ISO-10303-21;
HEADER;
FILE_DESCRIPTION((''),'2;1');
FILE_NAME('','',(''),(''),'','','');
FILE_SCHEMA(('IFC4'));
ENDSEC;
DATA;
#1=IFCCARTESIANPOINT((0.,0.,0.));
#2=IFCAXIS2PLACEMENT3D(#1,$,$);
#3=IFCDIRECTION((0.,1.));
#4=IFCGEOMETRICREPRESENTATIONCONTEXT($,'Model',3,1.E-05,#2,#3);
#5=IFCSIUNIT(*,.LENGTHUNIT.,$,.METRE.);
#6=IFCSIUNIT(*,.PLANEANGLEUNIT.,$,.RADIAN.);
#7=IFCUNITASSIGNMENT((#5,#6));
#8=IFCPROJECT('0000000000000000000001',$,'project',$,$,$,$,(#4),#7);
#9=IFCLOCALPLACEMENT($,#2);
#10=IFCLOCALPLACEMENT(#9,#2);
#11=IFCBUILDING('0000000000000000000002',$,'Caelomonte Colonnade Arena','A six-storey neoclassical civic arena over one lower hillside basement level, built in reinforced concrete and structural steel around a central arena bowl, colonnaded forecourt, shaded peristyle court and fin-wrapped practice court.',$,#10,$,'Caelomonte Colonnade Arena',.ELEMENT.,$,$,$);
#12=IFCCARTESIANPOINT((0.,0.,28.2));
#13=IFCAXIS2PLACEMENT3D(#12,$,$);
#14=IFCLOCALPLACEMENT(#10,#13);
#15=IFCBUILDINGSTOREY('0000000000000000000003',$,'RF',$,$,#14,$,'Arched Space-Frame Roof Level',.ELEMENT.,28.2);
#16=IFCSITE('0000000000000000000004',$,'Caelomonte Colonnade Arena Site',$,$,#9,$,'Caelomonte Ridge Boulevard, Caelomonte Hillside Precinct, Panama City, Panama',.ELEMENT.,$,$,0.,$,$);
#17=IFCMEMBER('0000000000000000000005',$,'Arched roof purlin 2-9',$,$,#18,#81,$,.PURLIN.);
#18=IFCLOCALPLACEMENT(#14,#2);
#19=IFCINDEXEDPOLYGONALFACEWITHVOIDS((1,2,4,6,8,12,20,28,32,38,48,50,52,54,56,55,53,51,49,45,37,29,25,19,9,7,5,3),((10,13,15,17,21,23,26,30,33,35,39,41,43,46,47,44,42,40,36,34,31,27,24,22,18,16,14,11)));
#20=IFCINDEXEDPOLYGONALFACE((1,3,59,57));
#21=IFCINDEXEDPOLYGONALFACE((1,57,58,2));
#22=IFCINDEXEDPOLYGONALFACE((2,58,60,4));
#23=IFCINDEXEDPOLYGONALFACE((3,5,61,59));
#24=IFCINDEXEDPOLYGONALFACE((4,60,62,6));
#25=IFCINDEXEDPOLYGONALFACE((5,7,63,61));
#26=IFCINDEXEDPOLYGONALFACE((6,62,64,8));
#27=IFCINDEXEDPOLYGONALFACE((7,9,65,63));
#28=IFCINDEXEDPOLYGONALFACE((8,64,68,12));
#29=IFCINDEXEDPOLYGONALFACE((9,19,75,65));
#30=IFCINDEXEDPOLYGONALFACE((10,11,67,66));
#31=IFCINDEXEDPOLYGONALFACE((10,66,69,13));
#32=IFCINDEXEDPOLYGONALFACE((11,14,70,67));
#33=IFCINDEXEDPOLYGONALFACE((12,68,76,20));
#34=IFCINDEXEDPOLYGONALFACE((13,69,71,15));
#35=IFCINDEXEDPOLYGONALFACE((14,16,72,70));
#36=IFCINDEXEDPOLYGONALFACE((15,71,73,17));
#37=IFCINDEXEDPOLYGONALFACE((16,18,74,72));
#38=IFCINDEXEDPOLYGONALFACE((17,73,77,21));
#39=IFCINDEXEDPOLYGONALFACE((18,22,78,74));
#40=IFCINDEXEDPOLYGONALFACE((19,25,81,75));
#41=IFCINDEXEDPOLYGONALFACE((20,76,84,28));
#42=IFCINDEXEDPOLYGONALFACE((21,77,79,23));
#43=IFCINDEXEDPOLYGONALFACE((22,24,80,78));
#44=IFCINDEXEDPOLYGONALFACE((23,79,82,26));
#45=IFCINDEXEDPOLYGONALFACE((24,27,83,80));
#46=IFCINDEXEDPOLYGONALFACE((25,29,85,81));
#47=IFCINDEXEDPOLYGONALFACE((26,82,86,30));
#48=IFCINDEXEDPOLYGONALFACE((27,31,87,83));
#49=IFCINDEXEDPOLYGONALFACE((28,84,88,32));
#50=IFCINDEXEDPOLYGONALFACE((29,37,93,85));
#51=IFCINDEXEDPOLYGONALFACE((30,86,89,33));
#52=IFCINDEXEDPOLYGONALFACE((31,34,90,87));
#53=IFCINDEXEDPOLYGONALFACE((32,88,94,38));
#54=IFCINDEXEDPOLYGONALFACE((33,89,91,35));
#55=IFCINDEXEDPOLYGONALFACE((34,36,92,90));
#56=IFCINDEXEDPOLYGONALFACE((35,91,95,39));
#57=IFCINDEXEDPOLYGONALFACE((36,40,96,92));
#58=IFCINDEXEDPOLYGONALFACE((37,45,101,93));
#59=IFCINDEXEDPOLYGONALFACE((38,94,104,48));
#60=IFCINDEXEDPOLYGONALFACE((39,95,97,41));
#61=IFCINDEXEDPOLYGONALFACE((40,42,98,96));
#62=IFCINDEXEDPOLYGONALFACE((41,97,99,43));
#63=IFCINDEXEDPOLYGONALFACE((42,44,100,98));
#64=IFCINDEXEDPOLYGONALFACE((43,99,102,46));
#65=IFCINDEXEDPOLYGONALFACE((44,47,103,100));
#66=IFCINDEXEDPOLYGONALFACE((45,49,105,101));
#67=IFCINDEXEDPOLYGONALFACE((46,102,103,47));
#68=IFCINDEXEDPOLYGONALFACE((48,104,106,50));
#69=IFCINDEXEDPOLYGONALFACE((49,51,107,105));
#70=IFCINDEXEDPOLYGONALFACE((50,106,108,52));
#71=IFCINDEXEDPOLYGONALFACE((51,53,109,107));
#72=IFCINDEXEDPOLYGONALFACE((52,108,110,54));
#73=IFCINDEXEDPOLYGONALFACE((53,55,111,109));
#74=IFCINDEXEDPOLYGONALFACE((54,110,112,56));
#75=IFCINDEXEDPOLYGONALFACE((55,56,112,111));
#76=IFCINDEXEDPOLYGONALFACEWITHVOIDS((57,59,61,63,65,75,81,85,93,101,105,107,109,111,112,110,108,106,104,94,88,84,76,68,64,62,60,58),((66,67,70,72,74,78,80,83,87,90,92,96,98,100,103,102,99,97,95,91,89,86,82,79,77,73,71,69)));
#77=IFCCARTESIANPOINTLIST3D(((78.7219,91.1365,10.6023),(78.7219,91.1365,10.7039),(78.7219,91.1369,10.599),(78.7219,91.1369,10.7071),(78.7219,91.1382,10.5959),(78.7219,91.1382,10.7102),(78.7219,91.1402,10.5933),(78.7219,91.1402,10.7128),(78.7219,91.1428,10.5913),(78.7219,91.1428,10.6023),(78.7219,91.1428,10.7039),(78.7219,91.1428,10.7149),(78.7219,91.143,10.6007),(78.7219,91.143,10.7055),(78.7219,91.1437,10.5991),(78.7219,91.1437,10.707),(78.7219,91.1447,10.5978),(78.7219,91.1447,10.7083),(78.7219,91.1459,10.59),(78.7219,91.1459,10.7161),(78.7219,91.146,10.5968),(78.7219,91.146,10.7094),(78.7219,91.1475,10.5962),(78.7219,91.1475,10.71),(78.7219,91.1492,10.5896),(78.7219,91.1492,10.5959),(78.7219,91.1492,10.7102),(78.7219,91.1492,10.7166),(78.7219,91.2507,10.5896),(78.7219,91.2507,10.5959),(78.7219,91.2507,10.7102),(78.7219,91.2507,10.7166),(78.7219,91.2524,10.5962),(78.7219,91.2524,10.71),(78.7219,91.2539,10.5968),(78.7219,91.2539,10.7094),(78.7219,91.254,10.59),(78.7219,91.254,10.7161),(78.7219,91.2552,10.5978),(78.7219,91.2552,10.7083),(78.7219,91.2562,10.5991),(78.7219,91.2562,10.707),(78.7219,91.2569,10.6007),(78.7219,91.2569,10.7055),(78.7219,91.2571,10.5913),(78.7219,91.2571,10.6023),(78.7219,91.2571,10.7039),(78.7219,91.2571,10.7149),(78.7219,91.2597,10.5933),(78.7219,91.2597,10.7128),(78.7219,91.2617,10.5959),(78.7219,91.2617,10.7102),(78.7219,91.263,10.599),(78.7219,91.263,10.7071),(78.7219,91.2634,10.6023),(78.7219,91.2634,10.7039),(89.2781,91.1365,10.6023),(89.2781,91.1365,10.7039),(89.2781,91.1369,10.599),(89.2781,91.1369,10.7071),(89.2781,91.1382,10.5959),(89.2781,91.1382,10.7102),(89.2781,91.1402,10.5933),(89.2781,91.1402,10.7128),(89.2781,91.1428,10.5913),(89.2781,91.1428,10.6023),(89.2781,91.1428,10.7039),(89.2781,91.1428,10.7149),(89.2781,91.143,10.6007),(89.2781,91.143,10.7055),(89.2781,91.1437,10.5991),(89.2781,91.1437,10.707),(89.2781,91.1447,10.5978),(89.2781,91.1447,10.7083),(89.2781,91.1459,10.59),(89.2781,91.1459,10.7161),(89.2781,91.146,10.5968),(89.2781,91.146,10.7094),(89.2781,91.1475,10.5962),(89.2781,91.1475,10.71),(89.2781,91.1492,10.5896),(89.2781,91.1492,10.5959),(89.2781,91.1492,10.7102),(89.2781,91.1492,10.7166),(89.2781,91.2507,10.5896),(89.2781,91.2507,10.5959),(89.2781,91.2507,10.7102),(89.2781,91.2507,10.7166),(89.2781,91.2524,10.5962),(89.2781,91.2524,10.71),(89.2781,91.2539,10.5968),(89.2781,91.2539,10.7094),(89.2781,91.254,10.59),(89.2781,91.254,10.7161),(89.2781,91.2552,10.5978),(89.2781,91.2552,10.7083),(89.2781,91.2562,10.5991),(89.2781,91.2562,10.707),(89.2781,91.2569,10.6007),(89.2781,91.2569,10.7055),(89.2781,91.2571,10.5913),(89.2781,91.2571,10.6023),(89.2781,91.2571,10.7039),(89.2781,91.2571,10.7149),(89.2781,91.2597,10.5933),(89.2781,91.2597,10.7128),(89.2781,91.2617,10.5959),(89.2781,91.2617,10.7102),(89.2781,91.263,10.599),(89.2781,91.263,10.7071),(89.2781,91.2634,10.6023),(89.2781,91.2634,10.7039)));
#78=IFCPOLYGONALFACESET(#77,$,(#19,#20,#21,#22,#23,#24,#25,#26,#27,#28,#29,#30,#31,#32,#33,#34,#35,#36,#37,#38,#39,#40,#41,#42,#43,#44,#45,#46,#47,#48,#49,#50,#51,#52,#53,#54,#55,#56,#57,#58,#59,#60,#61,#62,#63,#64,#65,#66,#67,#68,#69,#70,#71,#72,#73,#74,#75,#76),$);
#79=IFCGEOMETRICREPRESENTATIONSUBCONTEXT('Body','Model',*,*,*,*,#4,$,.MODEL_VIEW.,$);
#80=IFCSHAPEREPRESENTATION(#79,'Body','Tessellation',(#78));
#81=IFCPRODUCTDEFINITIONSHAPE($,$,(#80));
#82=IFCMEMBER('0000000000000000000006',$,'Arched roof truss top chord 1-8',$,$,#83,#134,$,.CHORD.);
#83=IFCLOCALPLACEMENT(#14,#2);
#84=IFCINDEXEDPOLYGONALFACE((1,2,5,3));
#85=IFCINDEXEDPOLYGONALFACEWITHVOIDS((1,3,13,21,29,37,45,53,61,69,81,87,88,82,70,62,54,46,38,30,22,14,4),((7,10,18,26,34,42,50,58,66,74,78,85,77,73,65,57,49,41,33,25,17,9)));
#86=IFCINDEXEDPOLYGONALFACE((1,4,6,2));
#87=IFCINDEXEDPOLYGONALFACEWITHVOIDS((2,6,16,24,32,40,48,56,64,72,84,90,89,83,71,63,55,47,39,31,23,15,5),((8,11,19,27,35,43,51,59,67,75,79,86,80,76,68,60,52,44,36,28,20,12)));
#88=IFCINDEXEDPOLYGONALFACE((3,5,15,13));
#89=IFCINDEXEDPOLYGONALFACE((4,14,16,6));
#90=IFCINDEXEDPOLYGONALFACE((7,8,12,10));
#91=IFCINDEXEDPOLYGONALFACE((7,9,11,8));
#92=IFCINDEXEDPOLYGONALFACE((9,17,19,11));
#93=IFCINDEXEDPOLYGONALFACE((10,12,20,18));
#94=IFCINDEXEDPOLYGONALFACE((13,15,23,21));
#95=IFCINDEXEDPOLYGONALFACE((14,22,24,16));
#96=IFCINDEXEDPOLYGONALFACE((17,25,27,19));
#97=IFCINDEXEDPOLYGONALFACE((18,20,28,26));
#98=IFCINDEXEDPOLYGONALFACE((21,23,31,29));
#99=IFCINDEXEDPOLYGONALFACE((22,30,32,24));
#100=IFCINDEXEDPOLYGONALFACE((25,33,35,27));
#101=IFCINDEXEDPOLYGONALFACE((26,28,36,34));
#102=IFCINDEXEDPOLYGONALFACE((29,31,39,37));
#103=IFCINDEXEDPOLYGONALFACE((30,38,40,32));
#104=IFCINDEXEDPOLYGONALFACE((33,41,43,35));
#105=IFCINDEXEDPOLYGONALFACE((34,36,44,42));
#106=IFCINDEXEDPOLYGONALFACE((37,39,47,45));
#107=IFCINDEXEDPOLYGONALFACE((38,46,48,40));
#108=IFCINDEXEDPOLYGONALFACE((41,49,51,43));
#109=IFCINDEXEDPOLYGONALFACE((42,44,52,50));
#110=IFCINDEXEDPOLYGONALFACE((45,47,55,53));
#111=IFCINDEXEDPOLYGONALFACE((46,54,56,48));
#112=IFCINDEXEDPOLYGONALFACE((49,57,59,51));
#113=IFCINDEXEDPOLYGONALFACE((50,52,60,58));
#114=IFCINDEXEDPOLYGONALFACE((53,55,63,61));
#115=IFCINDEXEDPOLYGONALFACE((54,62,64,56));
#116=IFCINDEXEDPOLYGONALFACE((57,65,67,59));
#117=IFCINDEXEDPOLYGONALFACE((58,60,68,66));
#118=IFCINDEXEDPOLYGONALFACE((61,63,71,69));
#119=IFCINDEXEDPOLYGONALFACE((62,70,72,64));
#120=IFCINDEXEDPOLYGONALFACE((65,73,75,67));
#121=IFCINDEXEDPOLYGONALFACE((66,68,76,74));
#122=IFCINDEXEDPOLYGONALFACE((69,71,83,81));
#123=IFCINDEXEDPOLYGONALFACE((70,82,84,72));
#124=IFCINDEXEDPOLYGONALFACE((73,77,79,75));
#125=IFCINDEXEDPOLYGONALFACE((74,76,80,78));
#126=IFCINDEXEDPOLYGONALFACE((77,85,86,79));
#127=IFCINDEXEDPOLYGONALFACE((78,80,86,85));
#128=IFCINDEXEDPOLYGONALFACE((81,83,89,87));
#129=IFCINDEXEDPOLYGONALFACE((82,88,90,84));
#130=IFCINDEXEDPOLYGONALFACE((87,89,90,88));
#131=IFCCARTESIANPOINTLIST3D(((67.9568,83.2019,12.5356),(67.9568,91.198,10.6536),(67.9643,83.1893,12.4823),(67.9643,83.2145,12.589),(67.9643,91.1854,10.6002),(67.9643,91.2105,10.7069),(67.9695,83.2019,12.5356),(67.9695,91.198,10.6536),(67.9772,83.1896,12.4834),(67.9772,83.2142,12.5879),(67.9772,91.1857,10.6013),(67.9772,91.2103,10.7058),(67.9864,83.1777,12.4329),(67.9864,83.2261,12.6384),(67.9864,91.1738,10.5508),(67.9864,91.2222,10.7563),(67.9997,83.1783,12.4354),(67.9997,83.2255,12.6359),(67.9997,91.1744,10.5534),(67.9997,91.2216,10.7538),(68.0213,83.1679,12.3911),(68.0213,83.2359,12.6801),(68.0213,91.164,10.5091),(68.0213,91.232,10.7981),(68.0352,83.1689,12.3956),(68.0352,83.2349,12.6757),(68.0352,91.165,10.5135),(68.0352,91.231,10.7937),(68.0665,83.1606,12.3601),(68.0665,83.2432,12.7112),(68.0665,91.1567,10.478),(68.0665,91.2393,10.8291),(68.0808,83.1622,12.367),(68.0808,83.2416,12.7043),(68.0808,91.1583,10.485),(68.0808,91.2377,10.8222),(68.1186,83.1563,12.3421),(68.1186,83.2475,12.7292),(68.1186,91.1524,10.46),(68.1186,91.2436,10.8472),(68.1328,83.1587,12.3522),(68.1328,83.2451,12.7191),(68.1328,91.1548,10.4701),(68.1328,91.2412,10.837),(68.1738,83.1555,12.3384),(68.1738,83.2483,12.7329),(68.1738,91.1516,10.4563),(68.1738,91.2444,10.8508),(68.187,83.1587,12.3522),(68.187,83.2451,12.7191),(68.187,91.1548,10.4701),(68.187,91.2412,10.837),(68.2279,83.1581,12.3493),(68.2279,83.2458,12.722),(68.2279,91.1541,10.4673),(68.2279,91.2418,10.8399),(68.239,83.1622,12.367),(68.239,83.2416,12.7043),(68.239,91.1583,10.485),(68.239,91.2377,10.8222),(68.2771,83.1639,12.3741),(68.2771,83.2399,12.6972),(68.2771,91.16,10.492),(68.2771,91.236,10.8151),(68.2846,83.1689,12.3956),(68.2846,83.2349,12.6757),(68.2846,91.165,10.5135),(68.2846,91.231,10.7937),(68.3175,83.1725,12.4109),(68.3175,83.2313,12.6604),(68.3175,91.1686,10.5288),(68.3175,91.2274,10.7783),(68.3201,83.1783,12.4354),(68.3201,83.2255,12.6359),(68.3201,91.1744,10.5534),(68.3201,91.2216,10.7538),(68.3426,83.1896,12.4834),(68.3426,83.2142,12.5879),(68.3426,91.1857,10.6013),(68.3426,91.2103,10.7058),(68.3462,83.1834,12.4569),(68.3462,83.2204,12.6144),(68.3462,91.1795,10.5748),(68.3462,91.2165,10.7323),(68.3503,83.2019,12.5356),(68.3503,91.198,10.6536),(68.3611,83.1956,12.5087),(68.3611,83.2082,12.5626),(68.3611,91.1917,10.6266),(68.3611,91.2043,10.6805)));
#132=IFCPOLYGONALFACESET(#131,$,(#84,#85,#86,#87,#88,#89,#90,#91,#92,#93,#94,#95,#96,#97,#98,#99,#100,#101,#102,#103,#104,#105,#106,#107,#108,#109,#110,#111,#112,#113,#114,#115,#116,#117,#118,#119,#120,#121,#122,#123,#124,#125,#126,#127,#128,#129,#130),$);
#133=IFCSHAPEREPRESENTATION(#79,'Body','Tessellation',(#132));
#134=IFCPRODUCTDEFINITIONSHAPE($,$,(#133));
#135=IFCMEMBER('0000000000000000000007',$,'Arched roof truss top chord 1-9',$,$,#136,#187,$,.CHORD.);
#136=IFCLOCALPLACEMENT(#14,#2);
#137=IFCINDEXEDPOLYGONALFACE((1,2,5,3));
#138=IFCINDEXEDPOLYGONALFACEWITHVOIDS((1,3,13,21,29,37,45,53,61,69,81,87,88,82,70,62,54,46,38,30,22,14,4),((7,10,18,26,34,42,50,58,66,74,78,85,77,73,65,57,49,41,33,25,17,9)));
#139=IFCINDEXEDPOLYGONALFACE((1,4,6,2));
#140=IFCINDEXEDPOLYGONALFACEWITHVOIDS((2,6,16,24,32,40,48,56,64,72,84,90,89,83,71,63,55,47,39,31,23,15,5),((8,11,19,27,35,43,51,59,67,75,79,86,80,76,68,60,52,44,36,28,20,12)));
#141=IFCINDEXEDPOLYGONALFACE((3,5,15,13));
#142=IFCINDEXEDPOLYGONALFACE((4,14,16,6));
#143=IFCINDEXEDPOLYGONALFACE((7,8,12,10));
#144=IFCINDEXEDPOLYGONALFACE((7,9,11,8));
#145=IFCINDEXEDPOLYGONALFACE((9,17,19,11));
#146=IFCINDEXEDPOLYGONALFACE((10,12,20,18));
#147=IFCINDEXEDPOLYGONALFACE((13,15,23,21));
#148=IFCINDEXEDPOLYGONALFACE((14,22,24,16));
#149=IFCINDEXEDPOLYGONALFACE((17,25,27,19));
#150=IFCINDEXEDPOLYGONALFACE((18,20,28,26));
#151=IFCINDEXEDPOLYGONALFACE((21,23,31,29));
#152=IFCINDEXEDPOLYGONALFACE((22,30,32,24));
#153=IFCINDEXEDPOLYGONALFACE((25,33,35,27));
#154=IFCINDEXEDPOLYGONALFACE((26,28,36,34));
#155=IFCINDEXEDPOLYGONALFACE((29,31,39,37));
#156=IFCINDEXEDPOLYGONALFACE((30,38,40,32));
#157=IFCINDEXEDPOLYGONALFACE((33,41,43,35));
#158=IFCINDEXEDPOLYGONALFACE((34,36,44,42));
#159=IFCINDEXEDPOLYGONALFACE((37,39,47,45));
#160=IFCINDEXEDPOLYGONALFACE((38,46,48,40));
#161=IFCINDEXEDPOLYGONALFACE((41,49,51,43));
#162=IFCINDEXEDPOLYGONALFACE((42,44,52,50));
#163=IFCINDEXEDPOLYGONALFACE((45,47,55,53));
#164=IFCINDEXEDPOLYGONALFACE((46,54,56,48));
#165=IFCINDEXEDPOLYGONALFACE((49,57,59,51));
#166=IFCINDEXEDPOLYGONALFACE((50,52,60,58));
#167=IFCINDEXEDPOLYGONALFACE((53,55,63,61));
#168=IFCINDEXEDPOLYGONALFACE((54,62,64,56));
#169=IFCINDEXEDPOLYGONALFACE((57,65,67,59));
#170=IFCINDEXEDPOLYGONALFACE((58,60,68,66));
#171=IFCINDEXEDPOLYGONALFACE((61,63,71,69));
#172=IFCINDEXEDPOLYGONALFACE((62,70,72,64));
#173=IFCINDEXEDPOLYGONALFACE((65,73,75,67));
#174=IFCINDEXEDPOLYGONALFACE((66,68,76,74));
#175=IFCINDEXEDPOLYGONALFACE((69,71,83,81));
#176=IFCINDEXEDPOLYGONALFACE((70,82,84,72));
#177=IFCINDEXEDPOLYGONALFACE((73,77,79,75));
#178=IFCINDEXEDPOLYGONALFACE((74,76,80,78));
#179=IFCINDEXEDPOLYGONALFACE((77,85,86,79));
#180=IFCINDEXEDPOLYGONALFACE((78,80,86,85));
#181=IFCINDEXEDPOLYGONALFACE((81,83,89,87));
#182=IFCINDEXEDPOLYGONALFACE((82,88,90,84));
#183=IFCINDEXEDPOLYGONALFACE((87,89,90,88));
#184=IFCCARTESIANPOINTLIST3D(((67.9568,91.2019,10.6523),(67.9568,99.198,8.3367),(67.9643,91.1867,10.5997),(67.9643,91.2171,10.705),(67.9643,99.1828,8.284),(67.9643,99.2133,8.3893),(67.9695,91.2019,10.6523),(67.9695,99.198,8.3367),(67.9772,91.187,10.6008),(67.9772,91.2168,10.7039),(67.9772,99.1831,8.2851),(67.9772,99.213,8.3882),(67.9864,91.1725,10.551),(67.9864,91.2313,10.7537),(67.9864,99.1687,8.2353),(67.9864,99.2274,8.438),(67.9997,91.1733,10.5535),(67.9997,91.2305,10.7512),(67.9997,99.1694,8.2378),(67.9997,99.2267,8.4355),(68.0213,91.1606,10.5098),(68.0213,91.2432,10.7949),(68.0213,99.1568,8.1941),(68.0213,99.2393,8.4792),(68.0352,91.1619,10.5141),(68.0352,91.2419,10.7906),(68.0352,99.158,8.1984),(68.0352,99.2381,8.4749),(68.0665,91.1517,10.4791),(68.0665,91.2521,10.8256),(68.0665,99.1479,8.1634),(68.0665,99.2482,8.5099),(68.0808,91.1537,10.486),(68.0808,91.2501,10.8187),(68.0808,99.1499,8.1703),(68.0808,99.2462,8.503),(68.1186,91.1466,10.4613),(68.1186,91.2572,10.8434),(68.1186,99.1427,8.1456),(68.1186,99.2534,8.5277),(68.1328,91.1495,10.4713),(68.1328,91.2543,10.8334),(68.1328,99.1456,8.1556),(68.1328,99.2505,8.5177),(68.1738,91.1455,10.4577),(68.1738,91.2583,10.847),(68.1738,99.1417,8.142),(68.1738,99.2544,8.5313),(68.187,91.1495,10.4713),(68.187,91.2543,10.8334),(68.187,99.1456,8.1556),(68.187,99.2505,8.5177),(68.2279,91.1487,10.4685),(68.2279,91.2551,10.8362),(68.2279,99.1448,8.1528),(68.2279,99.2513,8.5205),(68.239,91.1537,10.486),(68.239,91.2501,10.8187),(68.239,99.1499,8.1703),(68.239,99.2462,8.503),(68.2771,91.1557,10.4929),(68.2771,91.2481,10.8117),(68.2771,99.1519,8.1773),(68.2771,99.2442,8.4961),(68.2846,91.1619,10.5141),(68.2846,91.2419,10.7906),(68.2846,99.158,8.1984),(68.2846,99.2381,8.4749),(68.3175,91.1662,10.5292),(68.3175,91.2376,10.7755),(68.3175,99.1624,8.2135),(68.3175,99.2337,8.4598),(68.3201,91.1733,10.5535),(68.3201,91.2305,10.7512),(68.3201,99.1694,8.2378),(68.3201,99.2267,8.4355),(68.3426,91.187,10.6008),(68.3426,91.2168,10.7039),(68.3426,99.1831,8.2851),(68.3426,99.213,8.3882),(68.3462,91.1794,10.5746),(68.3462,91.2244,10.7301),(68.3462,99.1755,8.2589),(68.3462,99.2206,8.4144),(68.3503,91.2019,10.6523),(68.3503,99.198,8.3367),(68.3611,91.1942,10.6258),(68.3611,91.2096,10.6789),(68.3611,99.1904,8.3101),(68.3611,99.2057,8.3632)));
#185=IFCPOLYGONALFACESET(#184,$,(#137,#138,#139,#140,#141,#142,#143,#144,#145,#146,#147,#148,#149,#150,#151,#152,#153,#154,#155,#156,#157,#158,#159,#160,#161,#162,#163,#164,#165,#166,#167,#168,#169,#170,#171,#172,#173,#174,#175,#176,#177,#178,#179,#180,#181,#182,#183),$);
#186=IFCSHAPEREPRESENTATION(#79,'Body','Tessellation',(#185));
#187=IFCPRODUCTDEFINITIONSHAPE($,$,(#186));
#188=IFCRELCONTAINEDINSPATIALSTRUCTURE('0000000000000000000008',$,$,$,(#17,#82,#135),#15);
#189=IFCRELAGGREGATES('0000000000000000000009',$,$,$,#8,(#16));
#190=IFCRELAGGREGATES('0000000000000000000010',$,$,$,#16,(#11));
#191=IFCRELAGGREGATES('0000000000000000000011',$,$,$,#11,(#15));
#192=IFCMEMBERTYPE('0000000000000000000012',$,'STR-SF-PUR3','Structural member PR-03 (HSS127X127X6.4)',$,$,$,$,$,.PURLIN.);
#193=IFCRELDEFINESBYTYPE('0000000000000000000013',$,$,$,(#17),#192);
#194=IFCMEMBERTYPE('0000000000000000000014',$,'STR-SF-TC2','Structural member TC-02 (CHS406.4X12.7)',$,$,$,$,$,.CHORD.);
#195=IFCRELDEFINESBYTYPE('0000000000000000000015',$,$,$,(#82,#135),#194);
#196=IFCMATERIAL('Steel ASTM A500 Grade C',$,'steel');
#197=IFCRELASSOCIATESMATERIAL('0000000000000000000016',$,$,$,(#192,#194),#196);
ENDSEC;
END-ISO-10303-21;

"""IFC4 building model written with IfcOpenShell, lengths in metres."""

from ifc_helpers import new_model, si_unit, direction, frame, origin, origin_2d, place, context, subcontext, project, spatial, hollow_rectangle, hollow_circle, extrude, material, material_profile, profile_set, type_object, element, save


model = new_model("IFC4")

# Units and contexts
model_context = context("Model", 3, precision=1e-05, world=origin(), true_north=direction((0.0, 1.0)))
body_context = subcontext(model_context, "Body", "Model", "MODEL_VIEW")
ifc_project = project(units=[si_unit("LENGTHUNIT", "METRE"), si_unit("PLANEANGLEUNIT", "RADIAN")], contexts=[model_context])

# Site, building, storey
site_placement = place(None, origin())
site = spatial("IfcSite", under=ifc_project, at=site_placement, Name="Caelomonte Colonnade Arena Site", LongName="Caelomonte Ridge Boulevard, Caelomonte Hillside Precinct, Panama City, Panama", CompositionType="ELEMENT", RefElevation=0.0)
building_placement = place(site_placement, origin())
building = spatial("IfcBuilding", under=site, at=building_placement, Name="Caelomonte Colonnade Arena", Description="A six-storey neoclassical civic arena over one lower hillside basement level, built in reinforced concrete and structural steel around a central arena bowl, colonnaded forecourt, shaded peristyle court and fin-wrapped practice court.", LongName="Caelomonte Colonnade Arena", CompositionType="ELEMENT")
storey_placement = place(building_placement, frame((0.0, 0.0, 28.2)))
storey = spatial("IfcBuildingStorey", under=building, at=storey_placement, Name="RF", LongName="Arched Space-Frame Roof Level", CompositionType="ELEMENT", Elevation=28.2)

# Members
ifc_material_1 = material(Name="Steel ASTM A500 Grade C", Category="steel")
ifc_material_profile_1 = material_profile(ifc_material_1, hollow_rectangle(XDim=0.127, YDim=0.127, WallThickness=0.0063, InnerFilletRadius=0.0063, OuterFilletRadius=0.0127, at=origin_2d()), Name="HSS127X127X6.4")
ifc_profile_set_1 = profile_set([ifc_material_profile_1], Name="Steel ASTM A500 Grade C")
member_type_1 = type_object("IfcMemberType", Name="STR-SF-PUR3", Description="Structural member PR-03 (HSS127X127X6.4)", PredefinedType="PURLIN", material=ifc_profile_set_1)
member_1_placement = place(storey_placement, frame((78.7219, 91.2, 10.6531), z_axis=(1.0, 0.0, 0.0), x_axis=(0.0, 1.0, 0.0)))
element("IfcMember", 1, at=member_1_placement, inside=storey, type_object=member_type_1, Name="Arched roof purlin 2-9", PredefinedType="PURLIN", context=body_context, shape_type="SweptSolid", body=[
    extrude(hollow_rectangle(XDim=0.127, YDim=0.127, WallThickness=0.0063, InnerFilletRadius=0.0063, OuterFilletRadius=0.0127, at=origin_2d()), origin(), (0.0, 0.0, 1.0), 10.5562),
])
ifc_material_profile_2 = material_profile(ifc_material_1, hollow_circle(Radius=0.2031, WallThickness=0.0127, at=origin_2d()), Name="CHS406.4X12.7")
ifc_profile_set_2 = profile_set([ifc_material_profile_2], Name="Steel ASTM A500 Grade C")
member_type_2 = type_object("IfcMemberType", Name="STR-SF-TC2", Description="Structural member TC-02 (CHS406.4X12.7)", PredefinedType="CHORD", material=ifc_profile_set_2)
member_2_placement = place(storey_placement, frame((68.1599, 83.2019, 12.5356), z_axis=(0.0, 0.9734, -0.229114), x_axis=(-1.0, 0.0, 0.0)))
element("IfcMember", 2, at=member_2_placement, inside=storey, type_object=member_type_2, Name="Arched roof truss top chord 1-8", PredefinedType="CHORD", context=body_context, shape_type="SweptSolid", body=[
    extrude(hollow_circle(Radius=0.2031, WallThickness=0.0127, at=origin_2d()), origin(), (0.0, 0.0, 1.0), 8.2146),
])
member_3_placement = place(storey_placement, frame((68.1599, 91.2019, 10.6523), z_axis=(0.0, 0.960532, -0.278171), x_axis=(-1.0, 0.0, 0.0)))
element("IfcMember", 3, at=member_3_placement, inside=storey, type_object=member_type_2, Name="Arched roof truss top chord 1-9", PredefinedType="CHORD", context=body_context, shape_type="SweptSolid", body=[
    extrude(hollow_circle(Radius=0.2031, WallThickness=0.0127, at=origin_2d()), origin(), (0.0, 0.0, 1.0), 8.3247),
])

save(model, "model.ifc")
